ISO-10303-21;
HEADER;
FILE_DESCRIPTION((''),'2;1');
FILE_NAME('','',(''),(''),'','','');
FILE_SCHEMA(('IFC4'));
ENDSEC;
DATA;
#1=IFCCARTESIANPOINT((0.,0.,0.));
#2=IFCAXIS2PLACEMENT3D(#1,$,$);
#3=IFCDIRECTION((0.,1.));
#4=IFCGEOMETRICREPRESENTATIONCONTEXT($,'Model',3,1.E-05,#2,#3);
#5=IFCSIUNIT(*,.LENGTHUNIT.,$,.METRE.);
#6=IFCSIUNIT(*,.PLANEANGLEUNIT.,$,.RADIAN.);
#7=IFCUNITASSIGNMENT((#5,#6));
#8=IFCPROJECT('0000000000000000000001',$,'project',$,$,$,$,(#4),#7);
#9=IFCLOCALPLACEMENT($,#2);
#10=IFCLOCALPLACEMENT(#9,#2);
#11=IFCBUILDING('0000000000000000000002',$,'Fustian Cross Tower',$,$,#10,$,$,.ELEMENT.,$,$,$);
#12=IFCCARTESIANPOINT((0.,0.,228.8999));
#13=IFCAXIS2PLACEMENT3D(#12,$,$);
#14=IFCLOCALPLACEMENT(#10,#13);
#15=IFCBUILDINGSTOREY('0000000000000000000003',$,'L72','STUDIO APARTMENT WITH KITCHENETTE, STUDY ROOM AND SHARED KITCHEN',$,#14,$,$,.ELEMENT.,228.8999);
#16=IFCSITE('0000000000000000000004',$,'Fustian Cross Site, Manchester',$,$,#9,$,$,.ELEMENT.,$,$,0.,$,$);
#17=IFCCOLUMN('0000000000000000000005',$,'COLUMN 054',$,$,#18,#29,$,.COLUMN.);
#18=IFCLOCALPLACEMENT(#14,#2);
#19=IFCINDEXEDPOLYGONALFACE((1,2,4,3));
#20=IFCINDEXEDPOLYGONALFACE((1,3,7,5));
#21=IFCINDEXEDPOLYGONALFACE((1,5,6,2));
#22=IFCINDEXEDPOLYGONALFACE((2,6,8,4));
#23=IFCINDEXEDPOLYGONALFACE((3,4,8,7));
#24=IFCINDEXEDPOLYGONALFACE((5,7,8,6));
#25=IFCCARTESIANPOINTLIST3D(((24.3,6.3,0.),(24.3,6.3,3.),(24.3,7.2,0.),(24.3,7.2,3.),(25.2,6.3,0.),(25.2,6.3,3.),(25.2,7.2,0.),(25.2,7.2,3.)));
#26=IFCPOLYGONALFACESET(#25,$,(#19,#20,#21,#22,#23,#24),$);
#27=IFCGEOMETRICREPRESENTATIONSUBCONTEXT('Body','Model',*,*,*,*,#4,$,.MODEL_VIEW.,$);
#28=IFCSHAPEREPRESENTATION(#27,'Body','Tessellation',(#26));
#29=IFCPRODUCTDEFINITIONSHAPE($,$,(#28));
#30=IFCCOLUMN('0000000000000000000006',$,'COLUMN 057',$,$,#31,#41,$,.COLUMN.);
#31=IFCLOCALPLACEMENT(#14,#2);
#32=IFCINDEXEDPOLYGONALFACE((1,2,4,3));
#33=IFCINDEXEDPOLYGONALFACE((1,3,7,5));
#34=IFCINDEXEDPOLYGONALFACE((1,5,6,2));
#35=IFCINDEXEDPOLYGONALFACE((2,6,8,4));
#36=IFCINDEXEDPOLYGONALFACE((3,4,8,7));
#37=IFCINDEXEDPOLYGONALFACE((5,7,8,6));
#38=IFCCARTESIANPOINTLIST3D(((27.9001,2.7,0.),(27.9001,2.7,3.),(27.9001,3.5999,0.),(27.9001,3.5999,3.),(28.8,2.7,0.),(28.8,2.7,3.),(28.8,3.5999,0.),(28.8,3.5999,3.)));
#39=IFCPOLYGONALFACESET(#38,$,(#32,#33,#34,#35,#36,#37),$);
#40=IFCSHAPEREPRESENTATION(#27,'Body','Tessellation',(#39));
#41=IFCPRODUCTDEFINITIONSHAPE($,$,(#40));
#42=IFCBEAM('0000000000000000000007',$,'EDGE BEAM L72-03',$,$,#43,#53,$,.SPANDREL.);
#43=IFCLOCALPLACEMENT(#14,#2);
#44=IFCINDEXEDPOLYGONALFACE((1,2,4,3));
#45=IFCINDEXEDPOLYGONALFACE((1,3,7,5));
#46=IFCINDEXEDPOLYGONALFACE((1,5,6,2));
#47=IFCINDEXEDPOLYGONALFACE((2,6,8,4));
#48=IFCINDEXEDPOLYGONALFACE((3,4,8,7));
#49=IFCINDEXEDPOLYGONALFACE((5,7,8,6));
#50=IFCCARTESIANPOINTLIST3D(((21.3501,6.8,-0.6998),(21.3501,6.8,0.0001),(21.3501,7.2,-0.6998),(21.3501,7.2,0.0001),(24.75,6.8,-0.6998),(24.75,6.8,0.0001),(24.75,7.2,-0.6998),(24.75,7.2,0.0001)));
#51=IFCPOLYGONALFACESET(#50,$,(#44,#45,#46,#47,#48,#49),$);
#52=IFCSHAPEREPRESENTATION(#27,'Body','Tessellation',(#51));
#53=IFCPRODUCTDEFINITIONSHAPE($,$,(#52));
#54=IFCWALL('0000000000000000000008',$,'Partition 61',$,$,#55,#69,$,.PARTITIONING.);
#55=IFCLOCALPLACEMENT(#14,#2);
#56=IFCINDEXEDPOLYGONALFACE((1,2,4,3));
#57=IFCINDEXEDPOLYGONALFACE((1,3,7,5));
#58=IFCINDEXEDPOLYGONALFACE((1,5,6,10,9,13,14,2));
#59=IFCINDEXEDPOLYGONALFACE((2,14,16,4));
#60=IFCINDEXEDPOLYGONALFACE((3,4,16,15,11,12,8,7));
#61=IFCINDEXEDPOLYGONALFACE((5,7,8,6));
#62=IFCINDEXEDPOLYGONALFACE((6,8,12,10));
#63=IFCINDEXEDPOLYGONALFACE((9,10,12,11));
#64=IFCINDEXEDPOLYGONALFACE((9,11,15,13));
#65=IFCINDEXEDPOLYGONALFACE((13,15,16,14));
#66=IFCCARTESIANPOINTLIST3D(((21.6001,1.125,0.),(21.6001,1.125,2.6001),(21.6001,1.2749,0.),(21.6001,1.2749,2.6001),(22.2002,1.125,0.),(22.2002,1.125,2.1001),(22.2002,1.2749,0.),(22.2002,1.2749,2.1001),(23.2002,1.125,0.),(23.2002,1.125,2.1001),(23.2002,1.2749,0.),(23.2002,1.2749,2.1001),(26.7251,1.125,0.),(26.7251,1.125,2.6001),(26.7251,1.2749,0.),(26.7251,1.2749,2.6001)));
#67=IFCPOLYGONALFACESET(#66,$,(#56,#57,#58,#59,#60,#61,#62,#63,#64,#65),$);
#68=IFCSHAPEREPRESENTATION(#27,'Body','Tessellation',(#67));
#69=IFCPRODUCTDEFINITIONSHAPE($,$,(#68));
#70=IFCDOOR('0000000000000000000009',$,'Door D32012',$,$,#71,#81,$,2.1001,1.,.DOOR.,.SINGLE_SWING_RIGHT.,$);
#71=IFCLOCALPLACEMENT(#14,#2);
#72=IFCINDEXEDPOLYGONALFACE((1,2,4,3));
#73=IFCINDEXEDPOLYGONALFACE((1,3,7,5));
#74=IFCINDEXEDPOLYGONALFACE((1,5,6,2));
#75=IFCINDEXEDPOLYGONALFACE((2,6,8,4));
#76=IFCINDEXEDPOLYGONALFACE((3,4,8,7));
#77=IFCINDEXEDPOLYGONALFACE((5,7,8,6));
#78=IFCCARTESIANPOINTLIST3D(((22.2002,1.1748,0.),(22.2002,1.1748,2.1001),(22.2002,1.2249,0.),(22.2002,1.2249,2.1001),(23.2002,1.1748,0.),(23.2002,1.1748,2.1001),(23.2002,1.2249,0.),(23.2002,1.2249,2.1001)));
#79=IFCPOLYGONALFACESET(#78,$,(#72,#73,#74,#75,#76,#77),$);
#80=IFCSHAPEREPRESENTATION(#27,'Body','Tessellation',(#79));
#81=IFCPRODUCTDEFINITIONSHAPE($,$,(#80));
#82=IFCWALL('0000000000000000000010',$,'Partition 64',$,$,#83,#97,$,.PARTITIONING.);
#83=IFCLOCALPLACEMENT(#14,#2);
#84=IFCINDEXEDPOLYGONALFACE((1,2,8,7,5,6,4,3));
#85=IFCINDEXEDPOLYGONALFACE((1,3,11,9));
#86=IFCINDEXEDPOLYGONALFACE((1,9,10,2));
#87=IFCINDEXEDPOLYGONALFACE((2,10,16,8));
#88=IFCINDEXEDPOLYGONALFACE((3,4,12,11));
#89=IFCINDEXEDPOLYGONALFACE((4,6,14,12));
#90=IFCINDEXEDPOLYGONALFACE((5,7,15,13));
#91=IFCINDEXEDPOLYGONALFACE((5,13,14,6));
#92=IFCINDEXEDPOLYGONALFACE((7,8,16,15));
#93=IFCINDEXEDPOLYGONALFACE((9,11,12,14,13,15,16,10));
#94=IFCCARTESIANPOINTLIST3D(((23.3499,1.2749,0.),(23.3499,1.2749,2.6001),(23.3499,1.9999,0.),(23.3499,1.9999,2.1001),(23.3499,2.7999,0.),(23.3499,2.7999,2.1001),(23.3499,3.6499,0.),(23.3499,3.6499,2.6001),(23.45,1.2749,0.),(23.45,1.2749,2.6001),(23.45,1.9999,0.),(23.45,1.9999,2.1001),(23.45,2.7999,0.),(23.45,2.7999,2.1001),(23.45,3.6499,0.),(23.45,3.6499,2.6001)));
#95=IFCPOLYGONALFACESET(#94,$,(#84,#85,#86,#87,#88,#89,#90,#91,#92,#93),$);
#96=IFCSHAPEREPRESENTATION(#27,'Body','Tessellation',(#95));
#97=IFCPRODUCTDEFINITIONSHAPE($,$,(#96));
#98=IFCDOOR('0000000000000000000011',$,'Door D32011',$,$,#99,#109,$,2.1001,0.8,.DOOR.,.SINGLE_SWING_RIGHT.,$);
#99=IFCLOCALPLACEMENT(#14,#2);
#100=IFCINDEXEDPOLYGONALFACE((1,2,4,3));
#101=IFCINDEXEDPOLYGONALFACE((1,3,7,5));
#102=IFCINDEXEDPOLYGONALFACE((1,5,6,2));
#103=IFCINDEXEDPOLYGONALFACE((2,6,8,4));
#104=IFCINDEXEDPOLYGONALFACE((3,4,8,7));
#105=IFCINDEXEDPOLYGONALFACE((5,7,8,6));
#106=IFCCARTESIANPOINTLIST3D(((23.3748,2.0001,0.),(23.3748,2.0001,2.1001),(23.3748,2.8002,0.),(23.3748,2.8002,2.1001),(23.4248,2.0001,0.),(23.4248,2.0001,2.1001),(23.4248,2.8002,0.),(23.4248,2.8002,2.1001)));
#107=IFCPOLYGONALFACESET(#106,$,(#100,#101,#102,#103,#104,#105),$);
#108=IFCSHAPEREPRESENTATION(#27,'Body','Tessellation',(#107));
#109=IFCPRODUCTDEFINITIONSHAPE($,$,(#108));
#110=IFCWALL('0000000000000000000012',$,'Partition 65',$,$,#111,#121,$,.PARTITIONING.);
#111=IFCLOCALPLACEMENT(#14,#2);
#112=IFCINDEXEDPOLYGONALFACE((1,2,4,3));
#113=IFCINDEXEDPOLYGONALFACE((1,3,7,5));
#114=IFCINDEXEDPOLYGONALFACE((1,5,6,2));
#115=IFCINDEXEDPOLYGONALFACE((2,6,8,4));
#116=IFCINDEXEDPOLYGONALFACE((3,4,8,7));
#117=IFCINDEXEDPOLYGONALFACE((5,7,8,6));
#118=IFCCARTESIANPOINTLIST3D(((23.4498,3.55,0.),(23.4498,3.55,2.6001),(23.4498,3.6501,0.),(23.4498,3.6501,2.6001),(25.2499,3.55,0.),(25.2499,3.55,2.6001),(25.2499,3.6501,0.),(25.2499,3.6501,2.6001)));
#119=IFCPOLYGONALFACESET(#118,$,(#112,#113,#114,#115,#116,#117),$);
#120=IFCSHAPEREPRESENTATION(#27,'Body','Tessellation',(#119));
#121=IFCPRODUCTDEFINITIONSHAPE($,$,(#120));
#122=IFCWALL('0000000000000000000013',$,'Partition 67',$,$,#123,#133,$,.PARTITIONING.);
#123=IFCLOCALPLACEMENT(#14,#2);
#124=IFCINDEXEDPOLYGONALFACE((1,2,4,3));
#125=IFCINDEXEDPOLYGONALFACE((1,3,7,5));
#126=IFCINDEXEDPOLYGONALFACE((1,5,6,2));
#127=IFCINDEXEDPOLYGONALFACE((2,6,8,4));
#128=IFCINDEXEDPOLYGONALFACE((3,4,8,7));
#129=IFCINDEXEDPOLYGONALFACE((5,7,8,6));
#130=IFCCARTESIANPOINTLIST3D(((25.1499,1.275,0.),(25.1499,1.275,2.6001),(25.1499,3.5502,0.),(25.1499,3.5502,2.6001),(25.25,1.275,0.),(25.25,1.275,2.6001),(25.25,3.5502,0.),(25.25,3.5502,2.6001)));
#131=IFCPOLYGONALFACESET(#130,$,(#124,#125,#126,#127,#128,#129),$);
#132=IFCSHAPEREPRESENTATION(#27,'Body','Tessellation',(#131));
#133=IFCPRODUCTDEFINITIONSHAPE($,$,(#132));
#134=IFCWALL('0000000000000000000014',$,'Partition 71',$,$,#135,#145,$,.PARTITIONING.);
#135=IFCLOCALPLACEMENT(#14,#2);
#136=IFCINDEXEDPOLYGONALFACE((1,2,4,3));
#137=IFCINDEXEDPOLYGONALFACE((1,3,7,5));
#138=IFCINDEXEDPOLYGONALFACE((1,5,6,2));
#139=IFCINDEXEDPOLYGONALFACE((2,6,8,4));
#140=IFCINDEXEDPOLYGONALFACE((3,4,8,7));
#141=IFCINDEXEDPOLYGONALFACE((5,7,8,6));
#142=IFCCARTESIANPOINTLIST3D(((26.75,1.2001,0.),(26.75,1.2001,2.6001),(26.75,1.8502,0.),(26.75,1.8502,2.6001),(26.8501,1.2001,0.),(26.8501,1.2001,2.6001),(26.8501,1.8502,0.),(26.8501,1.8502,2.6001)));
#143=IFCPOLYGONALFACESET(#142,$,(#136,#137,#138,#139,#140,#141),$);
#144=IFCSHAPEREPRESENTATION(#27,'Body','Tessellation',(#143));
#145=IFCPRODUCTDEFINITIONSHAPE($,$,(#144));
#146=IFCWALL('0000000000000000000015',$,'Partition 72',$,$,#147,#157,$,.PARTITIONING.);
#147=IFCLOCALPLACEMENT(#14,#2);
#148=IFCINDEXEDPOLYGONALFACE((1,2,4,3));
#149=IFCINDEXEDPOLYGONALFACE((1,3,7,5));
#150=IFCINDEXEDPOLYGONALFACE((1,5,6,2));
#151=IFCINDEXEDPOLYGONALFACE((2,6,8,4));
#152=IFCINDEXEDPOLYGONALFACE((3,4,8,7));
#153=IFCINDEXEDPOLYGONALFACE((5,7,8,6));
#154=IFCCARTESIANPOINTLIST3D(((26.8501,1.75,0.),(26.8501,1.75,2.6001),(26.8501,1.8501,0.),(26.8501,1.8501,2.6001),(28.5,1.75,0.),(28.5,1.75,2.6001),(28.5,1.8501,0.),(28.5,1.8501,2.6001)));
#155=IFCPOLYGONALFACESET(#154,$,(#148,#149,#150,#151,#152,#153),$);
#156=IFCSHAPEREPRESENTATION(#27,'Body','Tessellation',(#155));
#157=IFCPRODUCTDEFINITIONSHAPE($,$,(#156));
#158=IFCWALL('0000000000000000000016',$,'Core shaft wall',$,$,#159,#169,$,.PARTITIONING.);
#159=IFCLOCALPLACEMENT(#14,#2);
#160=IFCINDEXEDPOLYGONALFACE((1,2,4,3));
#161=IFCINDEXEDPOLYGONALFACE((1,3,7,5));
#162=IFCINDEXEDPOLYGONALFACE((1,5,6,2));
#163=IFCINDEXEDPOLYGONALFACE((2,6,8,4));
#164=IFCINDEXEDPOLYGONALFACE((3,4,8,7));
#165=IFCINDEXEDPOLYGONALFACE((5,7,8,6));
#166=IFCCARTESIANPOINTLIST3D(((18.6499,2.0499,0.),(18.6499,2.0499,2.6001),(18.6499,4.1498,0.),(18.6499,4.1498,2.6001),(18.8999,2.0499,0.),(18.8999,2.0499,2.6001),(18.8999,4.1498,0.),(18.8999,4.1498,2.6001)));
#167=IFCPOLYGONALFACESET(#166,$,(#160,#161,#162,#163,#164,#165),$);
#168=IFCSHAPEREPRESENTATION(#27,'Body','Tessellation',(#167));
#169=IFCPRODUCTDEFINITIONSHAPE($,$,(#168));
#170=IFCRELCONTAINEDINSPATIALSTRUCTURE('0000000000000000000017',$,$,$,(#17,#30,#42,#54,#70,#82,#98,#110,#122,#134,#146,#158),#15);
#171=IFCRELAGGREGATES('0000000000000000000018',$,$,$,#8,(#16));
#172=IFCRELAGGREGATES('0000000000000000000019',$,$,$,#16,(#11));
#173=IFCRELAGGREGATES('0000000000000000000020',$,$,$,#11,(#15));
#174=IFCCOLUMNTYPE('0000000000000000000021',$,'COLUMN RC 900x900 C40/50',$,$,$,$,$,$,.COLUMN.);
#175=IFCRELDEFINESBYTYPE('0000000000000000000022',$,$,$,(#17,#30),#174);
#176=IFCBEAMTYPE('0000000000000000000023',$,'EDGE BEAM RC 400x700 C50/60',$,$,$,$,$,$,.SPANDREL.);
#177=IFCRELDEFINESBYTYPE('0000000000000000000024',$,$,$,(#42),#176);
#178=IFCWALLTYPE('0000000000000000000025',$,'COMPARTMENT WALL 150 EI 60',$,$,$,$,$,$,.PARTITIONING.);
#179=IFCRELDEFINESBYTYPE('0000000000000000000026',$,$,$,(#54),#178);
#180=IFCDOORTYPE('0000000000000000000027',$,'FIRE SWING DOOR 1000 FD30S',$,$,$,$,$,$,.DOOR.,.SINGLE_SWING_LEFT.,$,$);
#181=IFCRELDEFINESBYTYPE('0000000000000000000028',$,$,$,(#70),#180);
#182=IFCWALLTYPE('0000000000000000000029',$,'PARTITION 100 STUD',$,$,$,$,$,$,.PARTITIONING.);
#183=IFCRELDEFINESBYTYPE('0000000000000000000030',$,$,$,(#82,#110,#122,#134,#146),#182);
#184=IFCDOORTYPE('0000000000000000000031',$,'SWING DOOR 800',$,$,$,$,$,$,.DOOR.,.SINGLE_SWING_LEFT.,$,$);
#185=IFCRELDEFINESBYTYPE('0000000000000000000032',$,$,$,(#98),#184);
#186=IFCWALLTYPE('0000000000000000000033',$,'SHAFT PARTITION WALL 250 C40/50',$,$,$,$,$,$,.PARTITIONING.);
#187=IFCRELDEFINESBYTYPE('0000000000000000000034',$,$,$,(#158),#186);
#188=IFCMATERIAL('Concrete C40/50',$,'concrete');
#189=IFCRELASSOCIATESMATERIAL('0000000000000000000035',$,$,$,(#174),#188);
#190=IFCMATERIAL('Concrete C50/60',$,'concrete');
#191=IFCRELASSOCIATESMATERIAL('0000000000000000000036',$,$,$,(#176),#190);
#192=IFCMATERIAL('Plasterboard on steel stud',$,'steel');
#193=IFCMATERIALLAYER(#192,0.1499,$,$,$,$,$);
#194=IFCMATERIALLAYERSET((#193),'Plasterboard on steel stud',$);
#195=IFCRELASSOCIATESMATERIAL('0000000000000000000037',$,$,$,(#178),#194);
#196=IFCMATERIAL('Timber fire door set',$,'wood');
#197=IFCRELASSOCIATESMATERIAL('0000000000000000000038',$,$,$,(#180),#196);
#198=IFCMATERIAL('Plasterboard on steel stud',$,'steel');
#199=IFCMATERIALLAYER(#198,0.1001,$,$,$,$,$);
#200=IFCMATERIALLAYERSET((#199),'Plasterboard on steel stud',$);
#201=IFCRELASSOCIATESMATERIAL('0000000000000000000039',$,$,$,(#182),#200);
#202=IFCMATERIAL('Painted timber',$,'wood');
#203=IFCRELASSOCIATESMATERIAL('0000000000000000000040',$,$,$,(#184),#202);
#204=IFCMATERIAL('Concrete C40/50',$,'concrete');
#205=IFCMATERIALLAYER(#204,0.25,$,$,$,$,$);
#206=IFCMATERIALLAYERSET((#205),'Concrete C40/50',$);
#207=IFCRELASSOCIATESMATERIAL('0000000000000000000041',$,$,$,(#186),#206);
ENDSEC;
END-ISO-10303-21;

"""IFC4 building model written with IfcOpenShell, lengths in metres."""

from ifc_helpers import new_model, si_unit, direction, frame, frame_2d, origin, origin_2d, place, context, subcontext, project, spatial, rectangle, extrude, material, layer, layer_set, material_profile, profile_set, type_object, element, fill, save


model = new_model("IFC4")

# Units and contexts
model_context = context("Model", 3, precision=1e-05, world=origin(), true_north=direction((0.0, 1.0)))
body_context = subcontext(model_context, "Body", "Model", "MODEL_VIEW")
ifc_project = project(units=[si_unit("LENGTHUNIT", "METRE"), si_unit("PLANEANGLEUNIT", "RADIAN")], contexts=[model_context])

# Site, building, storey
site_placement = place(None, origin())
site = spatial("IfcSite", under=ifc_project, at=site_placement, Name="Fustian Cross Site, Manchester", CompositionType="ELEMENT", RefElevation=0.0)
building_placement = place(site_placement, origin())
building = spatial("IfcBuilding", under=site, at=building_placement, Name="Fustian Cross Tower", CompositionType="ELEMENT")
storey_placement = place(building_placement, frame((0.0, 0.0, 228.8999)))
storey = spatial("IfcBuildingStorey", under=building, at=storey_placement, Name="L72", Description="STUDIO APARTMENT WITH KITCHENETTE, STUDY ROOM AND SHARED KITCHEN", CompositionType="ELEMENT", Elevation=228.8999)

# Columns
ifc_material_1 = material(Name="Concrete C40/50", Category="concrete")
ifc_material_profile_1 = material_profile(ifc_material_1, rectangle(XDim=0.8999, YDim=0.8999, at=origin_2d()), Name="RC 900x900")
ifc_profile_set_1 = profile_set([ifc_material_profile_1], Name="Concrete C40/50")
column_type = type_object("IfcColumnType", Name="COLUMN RC 900x900 C40/50", PredefinedType="COLUMN", material=ifc_profile_set_1)
for number, where, z_axis, x_axis, name in (
    (1, (24.75, 6.75, 0.0), (0.0, 0.0, 1.0), (1.0, 0.0, 0.0), "COLUMN 054"),
    (2, (28.3501, 3.1499, 0.0), (0.0, 0.0, 1.0), (1.0, 0.0, 0.0), "COLUMN 057"),
):
    element("IfcColumn", number, at=place(storey_placement, frame(where, z_axis=z_axis, x_axis=x_axis)), inside=storey, type_object=column_type, Name=name, PredefinedType="COLUMN", context=body_context, shape_type="SweptSolid", body=[
        extrude(rectangle(XDim=0.8999, YDim=0.8999, at=origin_2d()), origin(), (0.0, 0.0, 1.0), 3.0),
    ])

# Beam
ifc_material_2 = material(Name="Concrete C50/60", Category="concrete")
ifc_material_profile_2 = material_profile(ifc_material_2, rectangle(XDim=0.3999, YDim=0.7, at=origin_2d()), Name="RC 400x700")
ifc_profile_set_2 = profile_set([ifc_material_profile_2], Name="Concrete C50/60")
beam_type = type_object("IfcBeamType", Name="EDGE BEAM RC 400x700 C50/60", PredefinedType="SPANDREL", material=ifc_profile_set_2)
beam_placement = place(storey_placement, frame((24.75, 7.0, -0.3499), z_axis=(-1.0, 0.0, 0.0), x_axis=(0.0, -1.0, 0.0)))
element("IfcBeam", 3, at=beam_placement, inside=storey, type_object=beam_type, Name="EDGE BEAM L72-03", PredefinedType="SPANDREL", context=body_context, shape_type="SweptSolid", body=[
    extrude(rectangle(XDim=0.3999, YDim=0.7, at=origin_2d()), origin(), (0.0, 0.0, 1.0), 3.3999),
])

# Walls, openings, doors
ifc_material_3 = material(Name="Plasterboard on steel stud", Category="steel")
ifc_layer_1 = layer(ifc_material_3, 0.1499)
ifc_layer_set_1 = layer_set([ifc_layer_1], Name="Plasterboard on steel stud")
wall_type_1 = type_object("IfcWallType", Name="COMPARTMENT WALL 150 EI 60", PredefinedType="PARTITIONING", material=ifc_layer_set_1)
wall_1_placement = place(storey_placement, frame((21.6001, 1.2, 0.0), z_axis=(0.0, 0.0, 1.0), x_axis=(1.0, 0.0, 0.0)))
wall_1 = element("IfcWall", 4, at=wall_1_placement, inside=storey, type_object=wall_type_1, Name="Partition 61", PredefinedType="PARTITIONING", context=body_context, shape_type="SweptSolid", body=[
    extrude(rectangle(XDim=5.125, YDim=0.1499, at=frame_2d((2.5625, 0.0))), origin(), (0.0, 0.0, 1.0), 2.6001),
])
opening_1_placement = place(wall_1_placement, frame((0.6001, 0.0, 0.0)))
opening_1 = element("IfcOpeningElement", 5, at=opening_1_placement, cuts=wall_1, PredefinedType="OPENING", context=body_context, shape_type="SweptSolid", body=[
    extrude(rectangle(XDim=1.0, YDim=2.1001, at=frame_2d((0.5, 1.05))), frame((0.0, 0.085, 0.0), z_axis=(0.0, -1.0, 0.0), x_axis=(1.0, 0.0, 0.0)), (0.0, 0.0, 1.0), 0.1699),
])
ifc_material_4 = material(Name="Timber fire door set", Category="wood")
door_type_1 = type_object("IfcDoorType", Name="FIRE SWING DOOR 1000 FD30S", OperationType="SINGLE_SWING_LEFT", PredefinedType="DOOR", material=ifc_material_4)
door_1_placement = place(opening_1_placement, origin())
door_1 = element("IfcDoor", 6, at=door_1_placement, inside=storey, type_object=door_type_1, Name="Door D32012", OperationType="SINGLE_SWING_RIGHT", OverallHeight=2.1001, OverallWidth=1.0, PredefinedType="DOOR", context=body_context, shape_type="SweptSolid", body=[
    extrude(rectangle(XDim=1.0, YDim=2.1001, at=frame_2d((0.5, 1.05))), frame((0.0, 0.0249, 0.0), z_axis=(0.0, -1.0, 0.0), x_axis=(1.0, 0.0, 0.0)), (0.0, 0.0, 1.0), 0.05),
])
fill(opening_1, door_1)
ifc_material_5 = material(Name="Plasterboard on steel stud", Category="steel")
ifc_layer_2 = layer(ifc_material_5, 0.1001)
ifc_layer_set_2 = layer_set([ifc_layer_2], Name="Plasterboard on steel stud")
wall_type_2 = type_object("IfcWallType", Name="PARTITION 100 STUD", PredefinedType="PARTITIONING", material=ifc_layer_set_2)
wall_2_placement = place(storey_placement, frame((23.3999, 1.2749, 0.0), z_axis=(0.0, 0.0, 1.0), x_axis=(0.0, 1.0, 0.0)))
wall_2 = element("IfcWall", 7, at=wall_2_placement, inside=storey, type_object=wall_type_2, Name="Partition 64", PredefinedType="PARTITIONING", context=body_context, shape_type="SweptSolid", body=[
    extrude(rectangle(XDim=2.375, YDim=0.1001, at=frame_2d((1.1875, 0.0))), origin(), (0.0, 0.0, 1.0), 2.6001),
])
opening_2_placement = place(wall_2_placement, frame((0.7251, 0.0, 0.0)))
opening_2 = element("IfcOpeningElement", 8, at=opening_2_placement, cuts=wall_2, PredefinedType="OPENING", context=body_context, shape_type="SweptSolid", body=[
    extrude(rectangle(XDim=0.8, YDim=2.1001, at=frame_2d((0.3999, 1.05))), frame((0.0, 0.0601, 0.0), z_axis=(0.0, -1.0, 0.0), x_axis=(1.0, 0.0, 0.0)), (0.0, 0.0, 1.0), 0.1201),
])
ifc_material_6 = material(Name="Painted timber", Category="wood")
door_type_2 = type_object("IfcDoorType", Name="SWING DOOR 800", OperationType="SINGLE_SWING_LEFT", PredefinedType="DOOR", material=ifc_material_6)
door_2_placement = place(opening_2_placement, frame((0.8, 0.0, 0.0), z_axis=(0.0, 0.0, 1.0), x_axis=(-1.0, 0.0, 0.0)))
door_2 = element("IfcDoor", 9, at=door_2_placement, inside=storey, type_object=door_type_2, Name="Door D32011", OperationType="SINGLE_SWING_RIGHT", OverallHeight=2.1001, OverallWidth=0.8, PredefinedType="DOOR", context=body_context, shape_type="SweptSolid", body=[
    extrude(rectangle(XDim=0.8, YDim=2.1001, at=frame_2d((0.3999, 1.05))), frame((0.0, 0.0249, 0.0), z_axis=(0.0, -1.0, 0.0), x_axis=(1.0, 0.0, 0.0)), (0.0, 0.0, 1.0), 0.05),
])
fill(opening_2, door_2)

# Walls
wall_3_placement = place(storey_placement, frame((23.45, 3.6001, 0.0), z_axis=(0.0, 0.0, 1.0), x_axis=(1.0, 0.0, 0.0)))
element("IfcWall", 10, at=wall_3_placement, inside=storey, type_object=wall_type_2, Name="Partition 65", PredefinedType="PARTITIONING", context=body_context, shape_type="SweptSolid", body=[
    extrude(rectangle(XDim=1.8, YDim=0.1001, at=frame_2d((0.8999, 0.0))), origin(), (0.0, 0.0, 1.0), 2.6001),
])
wall_4_placement = place(storey_placement, frame((25.2, 1.2749, 0.0), z_axis=(0.0, 0.0, 1.0), x_axis=(0.0, 1.0, 0.0)))
element("IfcWall", 11, at=wall_4_placement, inside=storey, type_object=wall_type_2, Name="Partition 67", PredefinedType="PARTITIONING", context=body_context, shape_type="SweptSolid", body=[
    extrude(rectangle(XDim=2.2751, YDim=0.1001, at=frame_2d((1.1377, 0.0))), origin(), (0.0, 0.0, 1.0), 2.6001),
])
wall_5_placement = place(storey_placement, frame((26.8, 1.2, 0.0), z_axis=(0.0, 0.0, 1.0), x_axis=(0.0, 1.0, 0.0)))
element("IfcWall", 12, at=wall_5_placement, inside=storey, type_object=wall_type_2, Name="Partition 71", PredefinedType="PARTITIONING", context=body_context, shape_type="SweptSolid", body=[
    extrude(rectangle(XDim=0.6501, YDim=0.1001, at=frame_2d((0.3252, 0.0))), origin(), (0.0, 0.0, 1.0), 2.6001),
])
wall_6_placement = place(storey_placement, frame((26.8501, 1.8, 0.0), z_axis=(0.0, 0.0, 1.0), x_axis=(1.0, 0.0, 0.0)))
element("IfcWall", 13, at=wall_6_placement, inside=storey, type_object=wall_type_2, Name="Partition 72", PredefinedType="PARTITIONING", context=body_context, shape_type="SweptSolid", body=[
    extrude(rectangle(XDim=1.6499, YDim=0.1001, at=frame_2d((0.825, 0.0))), origin(), (0.0, 0.0, 1.0), 2.6001),
])
ifc_material_7 = material(Name="Concrete C40/50", Category="concrete")
ifc_layer_3 = layer(ifc_material_7, 0.25)
ifc_layer_set_3 = layer_set([ifc_layer_3], Name="Concrete C40/50")
wall_type_3 = type_object("IfcWallType", Name="SHAFT PARTITION WALL 250 C40/50", PredefinedType="PARTITIONING", material=ifc_layer_set_3)
wall_7_placement = place(storey_placement, frame((18.7749, 2.05, 0.0), z_axis=(0.0, 0.0, 1.0), x_axis=(0.0, 1.0, 0.0)))
element("IfcWall", 14, at=wall_7_placement, inside=storey, type_object=wall_type_3, Name="Core shaft wall", PredefinedType="PARTITIONING", context=body_context, shape_type="SweptSolid", body=[
    extrude(rectangle(XDim=2.0999, YDim=0.25, at=frame_2d((1.0498, 0.0))), origin(), (0.0, 0.0, 1.0), 2.6001),
])

save(model, "model.ifc")
